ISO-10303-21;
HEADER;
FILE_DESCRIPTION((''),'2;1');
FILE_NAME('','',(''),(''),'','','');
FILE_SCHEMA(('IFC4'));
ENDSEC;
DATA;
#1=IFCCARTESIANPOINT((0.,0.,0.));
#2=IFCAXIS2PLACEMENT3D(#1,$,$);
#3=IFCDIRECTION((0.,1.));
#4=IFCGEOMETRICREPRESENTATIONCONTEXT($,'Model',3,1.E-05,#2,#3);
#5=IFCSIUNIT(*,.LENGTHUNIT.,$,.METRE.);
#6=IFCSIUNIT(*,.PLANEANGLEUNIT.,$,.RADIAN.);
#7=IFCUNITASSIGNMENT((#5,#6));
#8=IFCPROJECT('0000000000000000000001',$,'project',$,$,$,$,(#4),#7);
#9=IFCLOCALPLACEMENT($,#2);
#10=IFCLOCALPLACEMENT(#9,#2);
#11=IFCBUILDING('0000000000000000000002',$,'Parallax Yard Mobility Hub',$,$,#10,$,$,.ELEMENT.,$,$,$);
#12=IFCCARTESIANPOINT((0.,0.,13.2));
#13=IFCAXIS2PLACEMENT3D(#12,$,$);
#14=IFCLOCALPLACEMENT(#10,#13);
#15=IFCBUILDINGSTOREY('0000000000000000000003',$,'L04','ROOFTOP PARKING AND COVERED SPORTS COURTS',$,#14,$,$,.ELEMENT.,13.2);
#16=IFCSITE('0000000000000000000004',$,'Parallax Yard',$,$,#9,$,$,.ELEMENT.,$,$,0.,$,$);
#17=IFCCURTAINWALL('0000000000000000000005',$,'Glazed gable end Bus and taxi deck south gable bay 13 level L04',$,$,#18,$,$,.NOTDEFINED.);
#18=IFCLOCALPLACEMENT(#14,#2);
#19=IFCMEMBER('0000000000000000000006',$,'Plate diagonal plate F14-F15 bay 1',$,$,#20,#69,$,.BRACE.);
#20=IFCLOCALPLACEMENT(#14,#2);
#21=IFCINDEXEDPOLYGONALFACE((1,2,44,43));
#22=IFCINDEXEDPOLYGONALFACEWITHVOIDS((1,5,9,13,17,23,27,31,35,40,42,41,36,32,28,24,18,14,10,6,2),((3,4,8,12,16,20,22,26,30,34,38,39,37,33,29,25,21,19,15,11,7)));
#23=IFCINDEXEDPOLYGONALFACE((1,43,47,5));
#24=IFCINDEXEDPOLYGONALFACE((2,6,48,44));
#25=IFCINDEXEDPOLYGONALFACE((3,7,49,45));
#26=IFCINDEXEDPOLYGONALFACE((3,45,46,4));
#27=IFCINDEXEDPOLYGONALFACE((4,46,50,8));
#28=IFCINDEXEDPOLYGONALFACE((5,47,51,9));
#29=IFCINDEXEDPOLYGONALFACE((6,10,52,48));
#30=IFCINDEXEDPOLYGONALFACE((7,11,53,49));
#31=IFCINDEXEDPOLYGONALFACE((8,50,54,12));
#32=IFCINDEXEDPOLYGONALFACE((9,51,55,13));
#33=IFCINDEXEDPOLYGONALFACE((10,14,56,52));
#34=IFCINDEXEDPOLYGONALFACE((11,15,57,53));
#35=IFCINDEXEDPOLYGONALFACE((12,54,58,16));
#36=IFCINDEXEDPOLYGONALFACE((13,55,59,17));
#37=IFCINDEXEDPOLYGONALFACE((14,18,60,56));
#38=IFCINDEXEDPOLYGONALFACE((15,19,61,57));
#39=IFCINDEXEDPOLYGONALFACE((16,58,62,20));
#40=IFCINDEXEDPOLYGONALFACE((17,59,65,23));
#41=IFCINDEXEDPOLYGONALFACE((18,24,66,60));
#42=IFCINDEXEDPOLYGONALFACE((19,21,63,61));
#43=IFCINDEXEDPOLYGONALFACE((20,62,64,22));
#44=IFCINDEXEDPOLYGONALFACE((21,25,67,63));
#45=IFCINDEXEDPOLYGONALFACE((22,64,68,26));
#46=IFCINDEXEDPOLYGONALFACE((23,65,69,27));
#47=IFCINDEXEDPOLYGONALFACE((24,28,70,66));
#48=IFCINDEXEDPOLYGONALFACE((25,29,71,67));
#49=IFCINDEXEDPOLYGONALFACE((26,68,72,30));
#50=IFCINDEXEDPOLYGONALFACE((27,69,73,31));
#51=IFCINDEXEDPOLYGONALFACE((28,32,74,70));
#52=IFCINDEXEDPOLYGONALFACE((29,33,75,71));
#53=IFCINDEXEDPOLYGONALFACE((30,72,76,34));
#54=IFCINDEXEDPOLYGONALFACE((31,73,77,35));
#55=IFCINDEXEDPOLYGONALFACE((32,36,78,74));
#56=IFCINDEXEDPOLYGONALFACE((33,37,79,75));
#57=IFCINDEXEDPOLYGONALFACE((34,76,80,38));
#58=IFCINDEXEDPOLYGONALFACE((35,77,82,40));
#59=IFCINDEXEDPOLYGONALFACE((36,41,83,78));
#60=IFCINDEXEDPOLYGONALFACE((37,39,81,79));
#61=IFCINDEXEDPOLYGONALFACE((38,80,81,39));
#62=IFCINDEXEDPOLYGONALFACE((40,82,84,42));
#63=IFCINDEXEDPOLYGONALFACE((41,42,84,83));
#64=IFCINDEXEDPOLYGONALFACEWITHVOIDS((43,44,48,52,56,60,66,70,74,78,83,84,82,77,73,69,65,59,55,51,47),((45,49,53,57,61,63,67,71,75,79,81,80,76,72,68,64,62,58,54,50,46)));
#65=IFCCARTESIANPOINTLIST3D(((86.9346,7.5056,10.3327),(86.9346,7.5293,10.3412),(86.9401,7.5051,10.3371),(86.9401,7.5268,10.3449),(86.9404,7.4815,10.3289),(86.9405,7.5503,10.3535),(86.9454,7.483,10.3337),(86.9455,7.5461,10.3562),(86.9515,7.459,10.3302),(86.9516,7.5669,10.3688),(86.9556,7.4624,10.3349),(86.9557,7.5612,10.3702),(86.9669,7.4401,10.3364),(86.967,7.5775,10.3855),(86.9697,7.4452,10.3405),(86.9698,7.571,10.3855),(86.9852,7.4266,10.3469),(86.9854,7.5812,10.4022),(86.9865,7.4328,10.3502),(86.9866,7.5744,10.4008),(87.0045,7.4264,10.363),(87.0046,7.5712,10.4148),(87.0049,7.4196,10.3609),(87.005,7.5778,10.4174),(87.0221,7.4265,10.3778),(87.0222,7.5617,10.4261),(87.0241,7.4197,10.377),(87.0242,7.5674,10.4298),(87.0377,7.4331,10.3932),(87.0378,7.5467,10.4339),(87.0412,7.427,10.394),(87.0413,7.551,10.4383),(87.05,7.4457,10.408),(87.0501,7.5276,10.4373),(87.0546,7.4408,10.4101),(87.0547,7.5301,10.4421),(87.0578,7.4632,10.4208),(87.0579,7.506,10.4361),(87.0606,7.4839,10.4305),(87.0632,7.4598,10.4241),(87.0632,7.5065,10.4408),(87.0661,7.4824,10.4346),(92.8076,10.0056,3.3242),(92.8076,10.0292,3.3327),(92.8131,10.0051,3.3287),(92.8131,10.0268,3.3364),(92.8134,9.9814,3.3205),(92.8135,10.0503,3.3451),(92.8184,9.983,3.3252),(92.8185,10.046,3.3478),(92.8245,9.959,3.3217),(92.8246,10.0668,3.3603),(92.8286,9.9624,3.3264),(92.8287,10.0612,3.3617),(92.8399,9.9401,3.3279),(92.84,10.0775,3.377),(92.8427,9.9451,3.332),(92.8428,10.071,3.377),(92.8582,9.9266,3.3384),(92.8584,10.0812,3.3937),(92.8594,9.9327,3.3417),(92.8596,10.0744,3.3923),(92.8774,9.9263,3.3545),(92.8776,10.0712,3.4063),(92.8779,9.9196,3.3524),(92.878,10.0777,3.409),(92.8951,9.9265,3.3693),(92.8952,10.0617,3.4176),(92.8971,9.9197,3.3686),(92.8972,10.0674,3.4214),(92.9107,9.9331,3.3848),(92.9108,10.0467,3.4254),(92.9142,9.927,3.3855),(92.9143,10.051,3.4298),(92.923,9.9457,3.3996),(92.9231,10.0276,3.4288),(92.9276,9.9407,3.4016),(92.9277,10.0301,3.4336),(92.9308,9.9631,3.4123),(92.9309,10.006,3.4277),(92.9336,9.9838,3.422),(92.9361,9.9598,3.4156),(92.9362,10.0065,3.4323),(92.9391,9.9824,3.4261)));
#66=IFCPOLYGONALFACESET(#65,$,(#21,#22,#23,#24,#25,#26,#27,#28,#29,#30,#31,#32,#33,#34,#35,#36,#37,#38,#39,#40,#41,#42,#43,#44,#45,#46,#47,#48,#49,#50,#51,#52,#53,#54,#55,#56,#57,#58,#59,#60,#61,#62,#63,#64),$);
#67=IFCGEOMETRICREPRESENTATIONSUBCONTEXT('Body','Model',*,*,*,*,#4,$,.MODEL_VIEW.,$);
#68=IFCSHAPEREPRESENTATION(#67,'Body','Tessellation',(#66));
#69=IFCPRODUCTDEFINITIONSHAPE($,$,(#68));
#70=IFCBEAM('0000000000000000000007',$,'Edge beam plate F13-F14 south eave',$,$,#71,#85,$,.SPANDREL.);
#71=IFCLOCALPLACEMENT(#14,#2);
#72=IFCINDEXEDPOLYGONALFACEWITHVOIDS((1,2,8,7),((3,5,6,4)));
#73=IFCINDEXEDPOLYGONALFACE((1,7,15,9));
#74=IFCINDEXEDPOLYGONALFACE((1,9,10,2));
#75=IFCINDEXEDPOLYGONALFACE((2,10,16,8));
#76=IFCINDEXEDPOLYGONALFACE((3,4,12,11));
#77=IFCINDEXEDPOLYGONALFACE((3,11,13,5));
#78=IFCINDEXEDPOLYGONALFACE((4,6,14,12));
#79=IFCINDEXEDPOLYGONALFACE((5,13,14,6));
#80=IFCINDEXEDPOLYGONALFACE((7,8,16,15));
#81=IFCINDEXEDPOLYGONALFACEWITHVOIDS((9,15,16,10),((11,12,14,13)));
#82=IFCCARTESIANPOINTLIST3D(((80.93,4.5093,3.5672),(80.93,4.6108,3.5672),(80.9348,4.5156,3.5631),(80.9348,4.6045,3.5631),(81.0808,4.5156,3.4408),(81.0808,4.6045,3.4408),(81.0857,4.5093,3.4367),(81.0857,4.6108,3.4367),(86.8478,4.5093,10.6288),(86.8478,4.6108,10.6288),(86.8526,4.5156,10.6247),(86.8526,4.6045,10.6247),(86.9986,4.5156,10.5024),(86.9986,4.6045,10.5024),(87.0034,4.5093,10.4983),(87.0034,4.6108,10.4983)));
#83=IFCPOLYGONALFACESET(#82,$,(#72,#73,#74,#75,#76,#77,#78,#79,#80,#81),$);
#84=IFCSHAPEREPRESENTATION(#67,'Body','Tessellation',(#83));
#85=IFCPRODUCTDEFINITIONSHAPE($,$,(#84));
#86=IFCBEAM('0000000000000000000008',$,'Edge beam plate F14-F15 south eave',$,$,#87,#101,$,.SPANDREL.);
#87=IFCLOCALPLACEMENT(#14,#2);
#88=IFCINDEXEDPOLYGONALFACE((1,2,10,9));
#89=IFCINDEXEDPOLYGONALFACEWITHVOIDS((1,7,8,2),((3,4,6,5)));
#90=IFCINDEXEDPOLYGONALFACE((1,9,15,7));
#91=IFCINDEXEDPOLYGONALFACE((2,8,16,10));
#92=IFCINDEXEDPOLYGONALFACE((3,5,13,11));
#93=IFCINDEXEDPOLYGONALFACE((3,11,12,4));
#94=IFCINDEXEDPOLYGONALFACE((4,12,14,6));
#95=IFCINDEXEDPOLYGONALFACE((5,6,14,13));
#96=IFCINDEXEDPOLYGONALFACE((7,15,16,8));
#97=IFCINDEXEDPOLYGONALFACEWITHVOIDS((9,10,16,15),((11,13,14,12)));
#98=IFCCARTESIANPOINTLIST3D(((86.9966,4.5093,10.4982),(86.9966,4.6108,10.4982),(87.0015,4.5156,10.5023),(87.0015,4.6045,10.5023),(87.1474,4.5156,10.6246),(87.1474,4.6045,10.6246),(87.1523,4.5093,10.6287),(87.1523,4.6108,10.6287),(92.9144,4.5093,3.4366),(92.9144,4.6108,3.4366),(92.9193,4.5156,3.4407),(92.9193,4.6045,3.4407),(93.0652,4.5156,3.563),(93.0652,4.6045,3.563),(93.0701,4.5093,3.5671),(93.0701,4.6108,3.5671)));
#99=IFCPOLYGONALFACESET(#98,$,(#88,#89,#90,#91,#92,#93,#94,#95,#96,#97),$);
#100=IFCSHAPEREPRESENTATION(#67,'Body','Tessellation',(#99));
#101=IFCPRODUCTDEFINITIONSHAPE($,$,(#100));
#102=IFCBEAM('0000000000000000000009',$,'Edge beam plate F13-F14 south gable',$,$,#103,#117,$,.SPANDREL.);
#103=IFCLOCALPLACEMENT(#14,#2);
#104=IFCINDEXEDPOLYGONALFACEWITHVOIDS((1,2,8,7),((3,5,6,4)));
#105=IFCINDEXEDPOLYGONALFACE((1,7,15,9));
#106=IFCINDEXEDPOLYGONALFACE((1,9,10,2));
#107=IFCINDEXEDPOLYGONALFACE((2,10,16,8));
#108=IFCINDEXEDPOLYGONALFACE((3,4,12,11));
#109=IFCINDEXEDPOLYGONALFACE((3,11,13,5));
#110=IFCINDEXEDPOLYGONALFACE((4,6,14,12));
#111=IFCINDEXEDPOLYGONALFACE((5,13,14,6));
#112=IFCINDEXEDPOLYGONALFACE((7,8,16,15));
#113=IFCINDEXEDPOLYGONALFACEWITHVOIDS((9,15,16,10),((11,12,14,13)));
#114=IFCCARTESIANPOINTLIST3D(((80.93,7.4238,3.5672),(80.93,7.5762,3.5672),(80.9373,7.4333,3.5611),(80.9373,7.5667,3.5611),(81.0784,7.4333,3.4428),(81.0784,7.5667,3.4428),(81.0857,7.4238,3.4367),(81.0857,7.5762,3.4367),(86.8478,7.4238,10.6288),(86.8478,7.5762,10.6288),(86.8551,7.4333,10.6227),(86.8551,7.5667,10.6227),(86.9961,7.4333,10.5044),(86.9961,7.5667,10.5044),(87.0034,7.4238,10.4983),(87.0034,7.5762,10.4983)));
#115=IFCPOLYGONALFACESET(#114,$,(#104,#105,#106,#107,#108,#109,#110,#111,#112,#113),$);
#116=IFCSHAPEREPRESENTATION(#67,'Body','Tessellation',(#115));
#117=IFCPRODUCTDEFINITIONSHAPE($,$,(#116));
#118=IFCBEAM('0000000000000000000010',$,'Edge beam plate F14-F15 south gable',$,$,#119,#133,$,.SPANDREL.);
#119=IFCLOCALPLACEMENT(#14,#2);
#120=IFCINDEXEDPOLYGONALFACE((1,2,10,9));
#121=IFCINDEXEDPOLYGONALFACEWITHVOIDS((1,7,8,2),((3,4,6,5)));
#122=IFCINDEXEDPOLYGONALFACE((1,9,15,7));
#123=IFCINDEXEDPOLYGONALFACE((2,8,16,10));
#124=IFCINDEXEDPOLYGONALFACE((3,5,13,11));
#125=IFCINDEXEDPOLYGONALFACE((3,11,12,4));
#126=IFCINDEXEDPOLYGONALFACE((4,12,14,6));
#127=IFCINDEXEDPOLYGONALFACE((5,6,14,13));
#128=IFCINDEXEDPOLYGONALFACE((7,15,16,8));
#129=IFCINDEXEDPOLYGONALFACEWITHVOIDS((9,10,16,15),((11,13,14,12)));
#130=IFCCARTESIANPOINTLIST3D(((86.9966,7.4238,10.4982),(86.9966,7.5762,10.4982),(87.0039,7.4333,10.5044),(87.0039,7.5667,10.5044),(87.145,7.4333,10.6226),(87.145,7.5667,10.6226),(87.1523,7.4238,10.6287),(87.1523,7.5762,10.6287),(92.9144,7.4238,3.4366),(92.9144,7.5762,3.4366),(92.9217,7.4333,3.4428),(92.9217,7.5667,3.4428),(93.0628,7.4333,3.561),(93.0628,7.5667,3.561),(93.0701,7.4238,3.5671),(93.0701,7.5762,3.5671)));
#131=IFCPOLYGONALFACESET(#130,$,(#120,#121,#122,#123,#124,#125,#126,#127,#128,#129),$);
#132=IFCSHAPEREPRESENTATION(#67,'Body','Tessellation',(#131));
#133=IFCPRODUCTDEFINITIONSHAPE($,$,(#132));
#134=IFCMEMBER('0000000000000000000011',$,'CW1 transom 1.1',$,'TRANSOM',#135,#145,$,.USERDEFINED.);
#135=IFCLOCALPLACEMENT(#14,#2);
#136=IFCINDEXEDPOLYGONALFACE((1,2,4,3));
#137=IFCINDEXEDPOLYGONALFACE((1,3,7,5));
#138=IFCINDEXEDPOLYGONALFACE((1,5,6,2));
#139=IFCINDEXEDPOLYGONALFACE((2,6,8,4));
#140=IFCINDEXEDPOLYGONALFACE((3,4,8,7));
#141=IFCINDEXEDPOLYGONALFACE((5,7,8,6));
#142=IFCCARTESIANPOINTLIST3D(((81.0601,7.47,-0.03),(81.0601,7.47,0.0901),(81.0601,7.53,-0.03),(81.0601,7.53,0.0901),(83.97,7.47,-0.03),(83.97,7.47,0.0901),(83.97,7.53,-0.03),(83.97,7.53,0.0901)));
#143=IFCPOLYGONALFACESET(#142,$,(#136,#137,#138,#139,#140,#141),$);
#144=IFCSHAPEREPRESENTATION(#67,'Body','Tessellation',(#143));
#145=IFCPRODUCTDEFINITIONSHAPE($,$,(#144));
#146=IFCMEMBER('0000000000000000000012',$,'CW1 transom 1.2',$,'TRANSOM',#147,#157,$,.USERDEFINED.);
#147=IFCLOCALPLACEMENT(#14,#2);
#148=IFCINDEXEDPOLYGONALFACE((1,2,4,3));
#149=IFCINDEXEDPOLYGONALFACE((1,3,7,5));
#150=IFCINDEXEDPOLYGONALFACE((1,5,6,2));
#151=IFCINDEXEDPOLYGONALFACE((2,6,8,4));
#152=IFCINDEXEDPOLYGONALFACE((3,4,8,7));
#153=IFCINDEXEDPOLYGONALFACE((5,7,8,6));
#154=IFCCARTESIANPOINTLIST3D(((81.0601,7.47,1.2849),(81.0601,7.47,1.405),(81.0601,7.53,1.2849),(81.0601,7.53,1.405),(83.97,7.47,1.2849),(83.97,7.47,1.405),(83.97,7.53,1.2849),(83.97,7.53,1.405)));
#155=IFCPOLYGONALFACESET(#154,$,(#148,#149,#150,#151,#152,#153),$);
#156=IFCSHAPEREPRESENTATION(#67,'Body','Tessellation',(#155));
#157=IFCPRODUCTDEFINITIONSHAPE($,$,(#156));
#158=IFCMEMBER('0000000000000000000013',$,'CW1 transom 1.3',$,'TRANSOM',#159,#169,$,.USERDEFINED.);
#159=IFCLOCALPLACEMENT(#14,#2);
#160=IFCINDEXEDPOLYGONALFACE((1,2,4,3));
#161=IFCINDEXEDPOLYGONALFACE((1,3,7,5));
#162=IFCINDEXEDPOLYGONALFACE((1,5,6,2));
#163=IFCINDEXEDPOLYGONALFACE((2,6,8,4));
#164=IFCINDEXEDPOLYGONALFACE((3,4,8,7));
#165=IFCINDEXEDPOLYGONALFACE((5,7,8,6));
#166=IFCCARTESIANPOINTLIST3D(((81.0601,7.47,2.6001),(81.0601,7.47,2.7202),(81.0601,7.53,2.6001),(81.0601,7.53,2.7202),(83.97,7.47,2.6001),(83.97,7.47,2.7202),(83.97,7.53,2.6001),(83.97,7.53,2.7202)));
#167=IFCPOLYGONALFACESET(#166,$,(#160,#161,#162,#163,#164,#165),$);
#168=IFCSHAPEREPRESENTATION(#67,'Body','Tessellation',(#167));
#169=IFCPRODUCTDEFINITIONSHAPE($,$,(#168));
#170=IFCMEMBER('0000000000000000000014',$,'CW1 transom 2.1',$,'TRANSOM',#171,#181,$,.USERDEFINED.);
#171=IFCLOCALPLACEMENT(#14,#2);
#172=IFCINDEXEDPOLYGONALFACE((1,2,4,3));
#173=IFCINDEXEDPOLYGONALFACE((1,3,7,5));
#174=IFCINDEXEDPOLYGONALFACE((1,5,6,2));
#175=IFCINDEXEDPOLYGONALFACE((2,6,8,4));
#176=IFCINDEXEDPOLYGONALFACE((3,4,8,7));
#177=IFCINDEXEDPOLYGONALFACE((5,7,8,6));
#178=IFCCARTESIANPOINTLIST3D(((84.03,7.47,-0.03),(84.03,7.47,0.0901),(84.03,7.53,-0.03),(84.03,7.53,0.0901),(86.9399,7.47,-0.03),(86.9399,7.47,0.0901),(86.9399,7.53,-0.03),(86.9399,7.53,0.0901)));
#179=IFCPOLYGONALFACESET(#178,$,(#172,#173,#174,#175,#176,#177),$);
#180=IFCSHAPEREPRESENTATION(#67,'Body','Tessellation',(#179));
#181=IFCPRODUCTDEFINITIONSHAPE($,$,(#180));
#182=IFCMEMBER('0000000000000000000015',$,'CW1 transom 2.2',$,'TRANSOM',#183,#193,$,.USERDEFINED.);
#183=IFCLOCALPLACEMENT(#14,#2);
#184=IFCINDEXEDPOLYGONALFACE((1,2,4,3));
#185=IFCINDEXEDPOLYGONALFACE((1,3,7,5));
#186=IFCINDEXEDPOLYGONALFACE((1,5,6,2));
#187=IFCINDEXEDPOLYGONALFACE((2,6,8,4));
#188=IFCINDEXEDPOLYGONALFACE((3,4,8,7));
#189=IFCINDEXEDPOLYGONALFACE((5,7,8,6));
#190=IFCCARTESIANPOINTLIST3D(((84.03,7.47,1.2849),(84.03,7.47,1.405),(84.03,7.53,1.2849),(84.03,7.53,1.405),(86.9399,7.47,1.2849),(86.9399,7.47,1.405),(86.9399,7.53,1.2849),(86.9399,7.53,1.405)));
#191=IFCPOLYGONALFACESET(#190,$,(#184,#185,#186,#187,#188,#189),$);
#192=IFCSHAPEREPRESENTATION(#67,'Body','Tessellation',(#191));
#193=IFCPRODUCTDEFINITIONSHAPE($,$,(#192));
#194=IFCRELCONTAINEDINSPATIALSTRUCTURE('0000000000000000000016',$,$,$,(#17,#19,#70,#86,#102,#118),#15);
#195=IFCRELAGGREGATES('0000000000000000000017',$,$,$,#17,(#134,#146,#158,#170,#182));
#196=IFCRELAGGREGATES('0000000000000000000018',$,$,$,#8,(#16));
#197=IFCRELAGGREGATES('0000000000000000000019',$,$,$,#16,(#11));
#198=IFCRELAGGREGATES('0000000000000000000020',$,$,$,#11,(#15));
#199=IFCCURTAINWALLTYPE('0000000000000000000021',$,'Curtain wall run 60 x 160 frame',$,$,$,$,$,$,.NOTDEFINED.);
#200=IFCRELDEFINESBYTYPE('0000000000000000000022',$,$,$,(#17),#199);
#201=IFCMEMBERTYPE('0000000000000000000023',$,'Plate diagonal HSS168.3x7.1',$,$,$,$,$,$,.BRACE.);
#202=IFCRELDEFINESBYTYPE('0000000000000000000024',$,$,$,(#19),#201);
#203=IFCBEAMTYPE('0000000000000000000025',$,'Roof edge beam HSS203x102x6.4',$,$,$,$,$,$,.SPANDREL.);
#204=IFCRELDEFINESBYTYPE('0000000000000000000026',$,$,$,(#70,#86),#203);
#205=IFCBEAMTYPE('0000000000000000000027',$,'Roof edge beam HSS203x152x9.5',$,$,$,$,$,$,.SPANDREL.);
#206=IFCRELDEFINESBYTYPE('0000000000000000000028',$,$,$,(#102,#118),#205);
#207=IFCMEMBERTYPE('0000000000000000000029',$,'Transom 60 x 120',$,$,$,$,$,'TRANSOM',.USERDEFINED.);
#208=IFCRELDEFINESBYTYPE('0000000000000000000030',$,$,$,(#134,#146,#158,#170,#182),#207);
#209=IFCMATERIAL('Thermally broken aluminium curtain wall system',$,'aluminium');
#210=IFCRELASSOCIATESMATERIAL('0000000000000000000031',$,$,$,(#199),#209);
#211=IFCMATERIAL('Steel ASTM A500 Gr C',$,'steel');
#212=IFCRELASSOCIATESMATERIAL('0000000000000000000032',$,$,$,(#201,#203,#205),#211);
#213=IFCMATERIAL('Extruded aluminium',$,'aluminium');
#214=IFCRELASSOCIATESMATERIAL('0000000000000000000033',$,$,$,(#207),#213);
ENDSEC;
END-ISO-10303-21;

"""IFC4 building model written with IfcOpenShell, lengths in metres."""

from ifc_helpers import new_model, si_unit, direction, frame, origin, origin_2d, place, context, subcontext, project, spatial, rectangle, hollow_rectangle, hollow_circle, extrude, material, material_profile, profile_set, type_object, element, aggregate, save


model = new_model("IFC4")

# Units and contexts
model_context = context("Model", 3, precision=1e-05, world=origin(), true_north=direction((0.0, 1.0)))
body_context = subcontext(model_context, "Body", "Model", "MODEL_VIEW")
ifc_project = project(units=[si_unit("LENGTHUNIT", "METRE"), si_unit("PLANEANGLEUNIT", "RADIAN")], contexts=[model_context])

# Site, building, storey
site_placement = place(None, origin())
site = spatial("IfcSite", under=ifc_project, at=site_placement, Name="Parallax Yard", CompositionType="ELEMENT", RefElevation=0.0)
building_placement = place(site_placement, origin())
building = spatial("IfcBuilding", under=site, at=building_placement, Name="Parallax Yard Mobility Hub", CompositionType="ELEMENT")
storey_placement = place(building_placement, frame((0.0, 0.0, 13.2)))
storey = spatial("IfcBuildingStorey", under=building, at=storey_placement, Name="L04", Description="ROOFTOP PARKING AND COVERED SPORTS COURTS", CompositionType="ELEMENT", Elevation=13.2)

# Shared definitions
ifc_material_1 = material(Name="Steel ASTM A500 Gr C", Category="steel")

# Curtain wall
ifc_material_2 = material(Name="Thermally broken aluminium curtain wall system", Category="aluminium")
curtain_wall_type = type_object("IfcCurtainWallType", Name="Curtain wall run 60 x 160 frame", PredefinedType="NOTDEFINED", material=ifc_material_2)
curtain_wall_placement = place(storey_placement, origin())
curtain_wall = element("IfcCurtainWall", 1, at=curtain_wall_placement, inside=storey, type_object=curtain_wall_type, Name="Glazed gable end Bus and taxi deck south gable bay 13 level L04", PredefinedType="NOTDEFINED")
ifc_material_3 = material(Name="Extruded aluminium", Category="aluminium")

# Member
ifc_material_profile_1 = material_profile(ifc_material_1, hollow_circle(Radius=0.0842, WallThickness=0.0071, at=origin_2d()), Name="HSS168.3x7.1")
ifc_profile_set_1 = profile_set([ifc_material_profile_1], Name="Steel ASTM A500 Gr C")
member_type_1 = type_object("IfcMemberType", Name="Plate diagonal HSS168.3x7.1", PredefinedType="BRACE", material=ifc_profile_set_1)
member_1_placement = place(storey_placement, frame((87.0, 7.5, 10.3855), z_axis=(0.619547, 0.263725, -0.739331), x_axis=(-0.391665, 0.920108, 0.0)))
element("IfcMember", 2, at=member_1_placement, inside=storey, type_object=member_type_1, Name="Plate diagonal plate F14-F15 bay 1", PredefinedType="BRACE", context=body_context, shape_type="SweptSolid", body=[
    extrude(hollow_circle(Radius=0.0842, WallThickness=0.0071, at=origin_2d()), origin(), (0.0, 0.0, 1.0), 9.4795),
])

# Beams
ifc_material_profile_2 = material_profile(ifc_material_1, hollow_rectangle(XDim=0.1016, YDim=0.2031, WallThickness=0.0063, at=origin_2d()), Name="HSS203x102x6.4")
ifc_profile_set_2 = profile_set([ifc_material_profile_2], Name="Steel ASTM A500 Gr C")
beam_type_1 = type_object("IfcBeamType", Name="Roof edge beam HSS203x102x6.4", PredefinedType="SPANDREL", material=ifc_profile_set_2)
for number, where, z_axis, x_axis, name in (
    (3, (81.0078, 4.5601, 3.502), (0.642304, 0.0, 0.76645), (0.0, 1.0, 0.0), "Edge beam plate F13-F14 south eave"),
    (4, (87.0745, 4.5601, 10.5635), (0.642304, 0.0, -0.76645), (0.0, 1.0, 0.0), "Edge beam plate F14-F15 south eave"),
):
    element("IfcBeam", number, at=place(storey_placement, frame(where, z_axis=z_axis, x_axis=x_axis)), inside=storey, type_object=beam_type_1, Name=name, PredefinedType="SPANDREL", context=body_context, shape_type="SweptSolid", body=[
        extrude(hollow_rectangle(XDim=0.1016, YDim=0.2031, WallThickness=0.0063, at=origin_2d()), origin(), (0.0, 0.0, 1.0), 9.2134),
    ])
ifc_material_profile_3 = material_profile(ifc_material_1, hollow_rectangle(XDim=0.1523, YDim=0.2031, WallThickness=0.0095, at=origin_2d()), Name="HSS203x152x9.5")
ifc_profile_set_3 = profile_set([ifc_material_profile_3], Name="Steel ASTM A500 Gr C")
beam_type_2 = type_object("IfcBeamType", Name="Roof edge beam HSS203x152x9.5", PredefinedType="SPANDREL", material=ifc_profile_set_3)
for number, where, z_axis, x_axis, name in (
    (5, (81.0078, 7.5, 3.502), (0.642304, 0.0, 0.76645), (0.0, 1.0, 0.0), "Edge beam plate F13-F14 south gable"),
    (6, (87.0745, 7.5, 10.5635), (0.642304, 0.0, -0.76645), (0.0, 1.0, 0.0), "Edge beam plate F14-F15 south gable"),
):
    element("IfcBeam", number, at=place(storey_placement, frame(where, z_axis=z_axis, x_axis=x_axis)), inside=storey, type_object=beam_type_2, Name=name, PredefinedType="SPANDREL", context=body_context, shape_type="SweptSolid", body=[
        extrude(hollow_rectangle(XDim=0.1523, YDim=0.2031, WallThickness=0.0095, at=origin_2d()), origin(), (0.0, 0.0, 1.0), 9.2134),
    ])

# Members
ifc_material_profile_4 = material_profile(ifc_material_3, rectangle(XDim=0.0601, YDim=0.1201, at=origin_2d()), Name="Transom 60 x 120")
ifc_profile_set_4 = profile_set([ifc_material_profile_4], Name="Extruded aluminium")
member_type_2 = type_object("IfcMemberType", Name="Transom 60 x 120", ElementType="TRANSOM", PredefinedType="USERDEFINED", material=ifc_profile_set_4)
member_2_placement = place(storey_placement, frame((81.0601, 7.5, 0.03), z_axis=(1.0, 0.0, 0.0), x_axis=(0.0, 1.0, 0.0)))
member_2 = element("IfcMember", 7, at=member_2_placement, type_object=member_type_2, Name="CW1 transom 1.1", ObjectType="TRANSOM", PredefinedType="USERDEFINED", context=body_context, shape_type="SweptSolid", body=[
    extrude(rectangle(XDim=0.0601, YDim=0.1201, at=origin_2d()), origin(), (0.0, 0.0, 1.0), 2.9099),
])
member_3_placement = place(storey_placement, frame((81.0601, 7.5, 1.345), z_axis=(1.0, 0.0, 0.0), x_axis=(0.0, 1.0, 0.0)))
member_3 = element("IfcMember", 8, at=member_3_placement, type_object=member_type_2, Name="CW1 transom 1.2", ObjectType="TRANSOM", PredefinedType="USERDEFINED", context=body_context, shape_type="SweptSolid", body=[
    extrude(rectangle(XDim=0.0601, YDim=0.1201, at=origin_2d()), origin(), (0.0, 0.0, 1.0), 2.9099),
])
member_4_placement = place(storey_placement, frame((81.0601, 7.5, 2.6602), z_axis=(1.0, 0.0, 0.0), x_axis=(0.0, 1.0, 0.0)))
member_4 = element("IfcMember", 9, at=member_4_placement, type_object=member_type_2, Name="CW1 transom 1.3", ObjectType="TRANSOM", PredefinedType="USERDEFINED", context=body_context, shape_type="SweptSolid", body=[
    extrude(rectangle(XDim=0.0601, YDim=0.1201, at=origin_2d()), origin(), (0.0, 0.0, 1.0), 2.9099),
])
member_5_placement = place(storey_placement, frame((84.03, 7.5, 0.03), z_axis=(1.0, 0.0, 0.0), x_axis=(0.0, 1.0, 0.0)))
member_5 = element("IfcMember", 10, at=member_5_placement, type_object=member_type_2, Name="CW1 transom 2.1", ObjectType="TRANSOM", PredefinedType="USERDEFINED", context=body_context, shape_type="SweptSolid", body=[
    extrude(rectangle(XDim=0.0601, YDim=0.1201, at=origin_2d()), origin(), (0.0, 0.0, 1.0), 2.9099),
])
member_6_placement = place(storey_placement, frame((84.03, 7.5, 1.345), z_axis=(1.0, 0.0, 0.0), x_axis=(0.0, 1.0, 0.0)))
member_6 = element("IfcMember", 11, at=member_6_placement, type_object=member_type_2, Name="CW1 transom 2.2", ObjectType="TRANSOM", PredefinedType="USERDEFINED", context=body_context, shape_type="SweptSolid", body=[
    extrude(rectangle(XDim=0.0601, YDim=0.1201, at=origin_2d()), origin(), (0.0, 0.0, 1.0), 2.9099),
])

aggregate(curtain_wall, [member_2, member_3, member_4, member_5, member_6])

save(model, "model.ifc")
